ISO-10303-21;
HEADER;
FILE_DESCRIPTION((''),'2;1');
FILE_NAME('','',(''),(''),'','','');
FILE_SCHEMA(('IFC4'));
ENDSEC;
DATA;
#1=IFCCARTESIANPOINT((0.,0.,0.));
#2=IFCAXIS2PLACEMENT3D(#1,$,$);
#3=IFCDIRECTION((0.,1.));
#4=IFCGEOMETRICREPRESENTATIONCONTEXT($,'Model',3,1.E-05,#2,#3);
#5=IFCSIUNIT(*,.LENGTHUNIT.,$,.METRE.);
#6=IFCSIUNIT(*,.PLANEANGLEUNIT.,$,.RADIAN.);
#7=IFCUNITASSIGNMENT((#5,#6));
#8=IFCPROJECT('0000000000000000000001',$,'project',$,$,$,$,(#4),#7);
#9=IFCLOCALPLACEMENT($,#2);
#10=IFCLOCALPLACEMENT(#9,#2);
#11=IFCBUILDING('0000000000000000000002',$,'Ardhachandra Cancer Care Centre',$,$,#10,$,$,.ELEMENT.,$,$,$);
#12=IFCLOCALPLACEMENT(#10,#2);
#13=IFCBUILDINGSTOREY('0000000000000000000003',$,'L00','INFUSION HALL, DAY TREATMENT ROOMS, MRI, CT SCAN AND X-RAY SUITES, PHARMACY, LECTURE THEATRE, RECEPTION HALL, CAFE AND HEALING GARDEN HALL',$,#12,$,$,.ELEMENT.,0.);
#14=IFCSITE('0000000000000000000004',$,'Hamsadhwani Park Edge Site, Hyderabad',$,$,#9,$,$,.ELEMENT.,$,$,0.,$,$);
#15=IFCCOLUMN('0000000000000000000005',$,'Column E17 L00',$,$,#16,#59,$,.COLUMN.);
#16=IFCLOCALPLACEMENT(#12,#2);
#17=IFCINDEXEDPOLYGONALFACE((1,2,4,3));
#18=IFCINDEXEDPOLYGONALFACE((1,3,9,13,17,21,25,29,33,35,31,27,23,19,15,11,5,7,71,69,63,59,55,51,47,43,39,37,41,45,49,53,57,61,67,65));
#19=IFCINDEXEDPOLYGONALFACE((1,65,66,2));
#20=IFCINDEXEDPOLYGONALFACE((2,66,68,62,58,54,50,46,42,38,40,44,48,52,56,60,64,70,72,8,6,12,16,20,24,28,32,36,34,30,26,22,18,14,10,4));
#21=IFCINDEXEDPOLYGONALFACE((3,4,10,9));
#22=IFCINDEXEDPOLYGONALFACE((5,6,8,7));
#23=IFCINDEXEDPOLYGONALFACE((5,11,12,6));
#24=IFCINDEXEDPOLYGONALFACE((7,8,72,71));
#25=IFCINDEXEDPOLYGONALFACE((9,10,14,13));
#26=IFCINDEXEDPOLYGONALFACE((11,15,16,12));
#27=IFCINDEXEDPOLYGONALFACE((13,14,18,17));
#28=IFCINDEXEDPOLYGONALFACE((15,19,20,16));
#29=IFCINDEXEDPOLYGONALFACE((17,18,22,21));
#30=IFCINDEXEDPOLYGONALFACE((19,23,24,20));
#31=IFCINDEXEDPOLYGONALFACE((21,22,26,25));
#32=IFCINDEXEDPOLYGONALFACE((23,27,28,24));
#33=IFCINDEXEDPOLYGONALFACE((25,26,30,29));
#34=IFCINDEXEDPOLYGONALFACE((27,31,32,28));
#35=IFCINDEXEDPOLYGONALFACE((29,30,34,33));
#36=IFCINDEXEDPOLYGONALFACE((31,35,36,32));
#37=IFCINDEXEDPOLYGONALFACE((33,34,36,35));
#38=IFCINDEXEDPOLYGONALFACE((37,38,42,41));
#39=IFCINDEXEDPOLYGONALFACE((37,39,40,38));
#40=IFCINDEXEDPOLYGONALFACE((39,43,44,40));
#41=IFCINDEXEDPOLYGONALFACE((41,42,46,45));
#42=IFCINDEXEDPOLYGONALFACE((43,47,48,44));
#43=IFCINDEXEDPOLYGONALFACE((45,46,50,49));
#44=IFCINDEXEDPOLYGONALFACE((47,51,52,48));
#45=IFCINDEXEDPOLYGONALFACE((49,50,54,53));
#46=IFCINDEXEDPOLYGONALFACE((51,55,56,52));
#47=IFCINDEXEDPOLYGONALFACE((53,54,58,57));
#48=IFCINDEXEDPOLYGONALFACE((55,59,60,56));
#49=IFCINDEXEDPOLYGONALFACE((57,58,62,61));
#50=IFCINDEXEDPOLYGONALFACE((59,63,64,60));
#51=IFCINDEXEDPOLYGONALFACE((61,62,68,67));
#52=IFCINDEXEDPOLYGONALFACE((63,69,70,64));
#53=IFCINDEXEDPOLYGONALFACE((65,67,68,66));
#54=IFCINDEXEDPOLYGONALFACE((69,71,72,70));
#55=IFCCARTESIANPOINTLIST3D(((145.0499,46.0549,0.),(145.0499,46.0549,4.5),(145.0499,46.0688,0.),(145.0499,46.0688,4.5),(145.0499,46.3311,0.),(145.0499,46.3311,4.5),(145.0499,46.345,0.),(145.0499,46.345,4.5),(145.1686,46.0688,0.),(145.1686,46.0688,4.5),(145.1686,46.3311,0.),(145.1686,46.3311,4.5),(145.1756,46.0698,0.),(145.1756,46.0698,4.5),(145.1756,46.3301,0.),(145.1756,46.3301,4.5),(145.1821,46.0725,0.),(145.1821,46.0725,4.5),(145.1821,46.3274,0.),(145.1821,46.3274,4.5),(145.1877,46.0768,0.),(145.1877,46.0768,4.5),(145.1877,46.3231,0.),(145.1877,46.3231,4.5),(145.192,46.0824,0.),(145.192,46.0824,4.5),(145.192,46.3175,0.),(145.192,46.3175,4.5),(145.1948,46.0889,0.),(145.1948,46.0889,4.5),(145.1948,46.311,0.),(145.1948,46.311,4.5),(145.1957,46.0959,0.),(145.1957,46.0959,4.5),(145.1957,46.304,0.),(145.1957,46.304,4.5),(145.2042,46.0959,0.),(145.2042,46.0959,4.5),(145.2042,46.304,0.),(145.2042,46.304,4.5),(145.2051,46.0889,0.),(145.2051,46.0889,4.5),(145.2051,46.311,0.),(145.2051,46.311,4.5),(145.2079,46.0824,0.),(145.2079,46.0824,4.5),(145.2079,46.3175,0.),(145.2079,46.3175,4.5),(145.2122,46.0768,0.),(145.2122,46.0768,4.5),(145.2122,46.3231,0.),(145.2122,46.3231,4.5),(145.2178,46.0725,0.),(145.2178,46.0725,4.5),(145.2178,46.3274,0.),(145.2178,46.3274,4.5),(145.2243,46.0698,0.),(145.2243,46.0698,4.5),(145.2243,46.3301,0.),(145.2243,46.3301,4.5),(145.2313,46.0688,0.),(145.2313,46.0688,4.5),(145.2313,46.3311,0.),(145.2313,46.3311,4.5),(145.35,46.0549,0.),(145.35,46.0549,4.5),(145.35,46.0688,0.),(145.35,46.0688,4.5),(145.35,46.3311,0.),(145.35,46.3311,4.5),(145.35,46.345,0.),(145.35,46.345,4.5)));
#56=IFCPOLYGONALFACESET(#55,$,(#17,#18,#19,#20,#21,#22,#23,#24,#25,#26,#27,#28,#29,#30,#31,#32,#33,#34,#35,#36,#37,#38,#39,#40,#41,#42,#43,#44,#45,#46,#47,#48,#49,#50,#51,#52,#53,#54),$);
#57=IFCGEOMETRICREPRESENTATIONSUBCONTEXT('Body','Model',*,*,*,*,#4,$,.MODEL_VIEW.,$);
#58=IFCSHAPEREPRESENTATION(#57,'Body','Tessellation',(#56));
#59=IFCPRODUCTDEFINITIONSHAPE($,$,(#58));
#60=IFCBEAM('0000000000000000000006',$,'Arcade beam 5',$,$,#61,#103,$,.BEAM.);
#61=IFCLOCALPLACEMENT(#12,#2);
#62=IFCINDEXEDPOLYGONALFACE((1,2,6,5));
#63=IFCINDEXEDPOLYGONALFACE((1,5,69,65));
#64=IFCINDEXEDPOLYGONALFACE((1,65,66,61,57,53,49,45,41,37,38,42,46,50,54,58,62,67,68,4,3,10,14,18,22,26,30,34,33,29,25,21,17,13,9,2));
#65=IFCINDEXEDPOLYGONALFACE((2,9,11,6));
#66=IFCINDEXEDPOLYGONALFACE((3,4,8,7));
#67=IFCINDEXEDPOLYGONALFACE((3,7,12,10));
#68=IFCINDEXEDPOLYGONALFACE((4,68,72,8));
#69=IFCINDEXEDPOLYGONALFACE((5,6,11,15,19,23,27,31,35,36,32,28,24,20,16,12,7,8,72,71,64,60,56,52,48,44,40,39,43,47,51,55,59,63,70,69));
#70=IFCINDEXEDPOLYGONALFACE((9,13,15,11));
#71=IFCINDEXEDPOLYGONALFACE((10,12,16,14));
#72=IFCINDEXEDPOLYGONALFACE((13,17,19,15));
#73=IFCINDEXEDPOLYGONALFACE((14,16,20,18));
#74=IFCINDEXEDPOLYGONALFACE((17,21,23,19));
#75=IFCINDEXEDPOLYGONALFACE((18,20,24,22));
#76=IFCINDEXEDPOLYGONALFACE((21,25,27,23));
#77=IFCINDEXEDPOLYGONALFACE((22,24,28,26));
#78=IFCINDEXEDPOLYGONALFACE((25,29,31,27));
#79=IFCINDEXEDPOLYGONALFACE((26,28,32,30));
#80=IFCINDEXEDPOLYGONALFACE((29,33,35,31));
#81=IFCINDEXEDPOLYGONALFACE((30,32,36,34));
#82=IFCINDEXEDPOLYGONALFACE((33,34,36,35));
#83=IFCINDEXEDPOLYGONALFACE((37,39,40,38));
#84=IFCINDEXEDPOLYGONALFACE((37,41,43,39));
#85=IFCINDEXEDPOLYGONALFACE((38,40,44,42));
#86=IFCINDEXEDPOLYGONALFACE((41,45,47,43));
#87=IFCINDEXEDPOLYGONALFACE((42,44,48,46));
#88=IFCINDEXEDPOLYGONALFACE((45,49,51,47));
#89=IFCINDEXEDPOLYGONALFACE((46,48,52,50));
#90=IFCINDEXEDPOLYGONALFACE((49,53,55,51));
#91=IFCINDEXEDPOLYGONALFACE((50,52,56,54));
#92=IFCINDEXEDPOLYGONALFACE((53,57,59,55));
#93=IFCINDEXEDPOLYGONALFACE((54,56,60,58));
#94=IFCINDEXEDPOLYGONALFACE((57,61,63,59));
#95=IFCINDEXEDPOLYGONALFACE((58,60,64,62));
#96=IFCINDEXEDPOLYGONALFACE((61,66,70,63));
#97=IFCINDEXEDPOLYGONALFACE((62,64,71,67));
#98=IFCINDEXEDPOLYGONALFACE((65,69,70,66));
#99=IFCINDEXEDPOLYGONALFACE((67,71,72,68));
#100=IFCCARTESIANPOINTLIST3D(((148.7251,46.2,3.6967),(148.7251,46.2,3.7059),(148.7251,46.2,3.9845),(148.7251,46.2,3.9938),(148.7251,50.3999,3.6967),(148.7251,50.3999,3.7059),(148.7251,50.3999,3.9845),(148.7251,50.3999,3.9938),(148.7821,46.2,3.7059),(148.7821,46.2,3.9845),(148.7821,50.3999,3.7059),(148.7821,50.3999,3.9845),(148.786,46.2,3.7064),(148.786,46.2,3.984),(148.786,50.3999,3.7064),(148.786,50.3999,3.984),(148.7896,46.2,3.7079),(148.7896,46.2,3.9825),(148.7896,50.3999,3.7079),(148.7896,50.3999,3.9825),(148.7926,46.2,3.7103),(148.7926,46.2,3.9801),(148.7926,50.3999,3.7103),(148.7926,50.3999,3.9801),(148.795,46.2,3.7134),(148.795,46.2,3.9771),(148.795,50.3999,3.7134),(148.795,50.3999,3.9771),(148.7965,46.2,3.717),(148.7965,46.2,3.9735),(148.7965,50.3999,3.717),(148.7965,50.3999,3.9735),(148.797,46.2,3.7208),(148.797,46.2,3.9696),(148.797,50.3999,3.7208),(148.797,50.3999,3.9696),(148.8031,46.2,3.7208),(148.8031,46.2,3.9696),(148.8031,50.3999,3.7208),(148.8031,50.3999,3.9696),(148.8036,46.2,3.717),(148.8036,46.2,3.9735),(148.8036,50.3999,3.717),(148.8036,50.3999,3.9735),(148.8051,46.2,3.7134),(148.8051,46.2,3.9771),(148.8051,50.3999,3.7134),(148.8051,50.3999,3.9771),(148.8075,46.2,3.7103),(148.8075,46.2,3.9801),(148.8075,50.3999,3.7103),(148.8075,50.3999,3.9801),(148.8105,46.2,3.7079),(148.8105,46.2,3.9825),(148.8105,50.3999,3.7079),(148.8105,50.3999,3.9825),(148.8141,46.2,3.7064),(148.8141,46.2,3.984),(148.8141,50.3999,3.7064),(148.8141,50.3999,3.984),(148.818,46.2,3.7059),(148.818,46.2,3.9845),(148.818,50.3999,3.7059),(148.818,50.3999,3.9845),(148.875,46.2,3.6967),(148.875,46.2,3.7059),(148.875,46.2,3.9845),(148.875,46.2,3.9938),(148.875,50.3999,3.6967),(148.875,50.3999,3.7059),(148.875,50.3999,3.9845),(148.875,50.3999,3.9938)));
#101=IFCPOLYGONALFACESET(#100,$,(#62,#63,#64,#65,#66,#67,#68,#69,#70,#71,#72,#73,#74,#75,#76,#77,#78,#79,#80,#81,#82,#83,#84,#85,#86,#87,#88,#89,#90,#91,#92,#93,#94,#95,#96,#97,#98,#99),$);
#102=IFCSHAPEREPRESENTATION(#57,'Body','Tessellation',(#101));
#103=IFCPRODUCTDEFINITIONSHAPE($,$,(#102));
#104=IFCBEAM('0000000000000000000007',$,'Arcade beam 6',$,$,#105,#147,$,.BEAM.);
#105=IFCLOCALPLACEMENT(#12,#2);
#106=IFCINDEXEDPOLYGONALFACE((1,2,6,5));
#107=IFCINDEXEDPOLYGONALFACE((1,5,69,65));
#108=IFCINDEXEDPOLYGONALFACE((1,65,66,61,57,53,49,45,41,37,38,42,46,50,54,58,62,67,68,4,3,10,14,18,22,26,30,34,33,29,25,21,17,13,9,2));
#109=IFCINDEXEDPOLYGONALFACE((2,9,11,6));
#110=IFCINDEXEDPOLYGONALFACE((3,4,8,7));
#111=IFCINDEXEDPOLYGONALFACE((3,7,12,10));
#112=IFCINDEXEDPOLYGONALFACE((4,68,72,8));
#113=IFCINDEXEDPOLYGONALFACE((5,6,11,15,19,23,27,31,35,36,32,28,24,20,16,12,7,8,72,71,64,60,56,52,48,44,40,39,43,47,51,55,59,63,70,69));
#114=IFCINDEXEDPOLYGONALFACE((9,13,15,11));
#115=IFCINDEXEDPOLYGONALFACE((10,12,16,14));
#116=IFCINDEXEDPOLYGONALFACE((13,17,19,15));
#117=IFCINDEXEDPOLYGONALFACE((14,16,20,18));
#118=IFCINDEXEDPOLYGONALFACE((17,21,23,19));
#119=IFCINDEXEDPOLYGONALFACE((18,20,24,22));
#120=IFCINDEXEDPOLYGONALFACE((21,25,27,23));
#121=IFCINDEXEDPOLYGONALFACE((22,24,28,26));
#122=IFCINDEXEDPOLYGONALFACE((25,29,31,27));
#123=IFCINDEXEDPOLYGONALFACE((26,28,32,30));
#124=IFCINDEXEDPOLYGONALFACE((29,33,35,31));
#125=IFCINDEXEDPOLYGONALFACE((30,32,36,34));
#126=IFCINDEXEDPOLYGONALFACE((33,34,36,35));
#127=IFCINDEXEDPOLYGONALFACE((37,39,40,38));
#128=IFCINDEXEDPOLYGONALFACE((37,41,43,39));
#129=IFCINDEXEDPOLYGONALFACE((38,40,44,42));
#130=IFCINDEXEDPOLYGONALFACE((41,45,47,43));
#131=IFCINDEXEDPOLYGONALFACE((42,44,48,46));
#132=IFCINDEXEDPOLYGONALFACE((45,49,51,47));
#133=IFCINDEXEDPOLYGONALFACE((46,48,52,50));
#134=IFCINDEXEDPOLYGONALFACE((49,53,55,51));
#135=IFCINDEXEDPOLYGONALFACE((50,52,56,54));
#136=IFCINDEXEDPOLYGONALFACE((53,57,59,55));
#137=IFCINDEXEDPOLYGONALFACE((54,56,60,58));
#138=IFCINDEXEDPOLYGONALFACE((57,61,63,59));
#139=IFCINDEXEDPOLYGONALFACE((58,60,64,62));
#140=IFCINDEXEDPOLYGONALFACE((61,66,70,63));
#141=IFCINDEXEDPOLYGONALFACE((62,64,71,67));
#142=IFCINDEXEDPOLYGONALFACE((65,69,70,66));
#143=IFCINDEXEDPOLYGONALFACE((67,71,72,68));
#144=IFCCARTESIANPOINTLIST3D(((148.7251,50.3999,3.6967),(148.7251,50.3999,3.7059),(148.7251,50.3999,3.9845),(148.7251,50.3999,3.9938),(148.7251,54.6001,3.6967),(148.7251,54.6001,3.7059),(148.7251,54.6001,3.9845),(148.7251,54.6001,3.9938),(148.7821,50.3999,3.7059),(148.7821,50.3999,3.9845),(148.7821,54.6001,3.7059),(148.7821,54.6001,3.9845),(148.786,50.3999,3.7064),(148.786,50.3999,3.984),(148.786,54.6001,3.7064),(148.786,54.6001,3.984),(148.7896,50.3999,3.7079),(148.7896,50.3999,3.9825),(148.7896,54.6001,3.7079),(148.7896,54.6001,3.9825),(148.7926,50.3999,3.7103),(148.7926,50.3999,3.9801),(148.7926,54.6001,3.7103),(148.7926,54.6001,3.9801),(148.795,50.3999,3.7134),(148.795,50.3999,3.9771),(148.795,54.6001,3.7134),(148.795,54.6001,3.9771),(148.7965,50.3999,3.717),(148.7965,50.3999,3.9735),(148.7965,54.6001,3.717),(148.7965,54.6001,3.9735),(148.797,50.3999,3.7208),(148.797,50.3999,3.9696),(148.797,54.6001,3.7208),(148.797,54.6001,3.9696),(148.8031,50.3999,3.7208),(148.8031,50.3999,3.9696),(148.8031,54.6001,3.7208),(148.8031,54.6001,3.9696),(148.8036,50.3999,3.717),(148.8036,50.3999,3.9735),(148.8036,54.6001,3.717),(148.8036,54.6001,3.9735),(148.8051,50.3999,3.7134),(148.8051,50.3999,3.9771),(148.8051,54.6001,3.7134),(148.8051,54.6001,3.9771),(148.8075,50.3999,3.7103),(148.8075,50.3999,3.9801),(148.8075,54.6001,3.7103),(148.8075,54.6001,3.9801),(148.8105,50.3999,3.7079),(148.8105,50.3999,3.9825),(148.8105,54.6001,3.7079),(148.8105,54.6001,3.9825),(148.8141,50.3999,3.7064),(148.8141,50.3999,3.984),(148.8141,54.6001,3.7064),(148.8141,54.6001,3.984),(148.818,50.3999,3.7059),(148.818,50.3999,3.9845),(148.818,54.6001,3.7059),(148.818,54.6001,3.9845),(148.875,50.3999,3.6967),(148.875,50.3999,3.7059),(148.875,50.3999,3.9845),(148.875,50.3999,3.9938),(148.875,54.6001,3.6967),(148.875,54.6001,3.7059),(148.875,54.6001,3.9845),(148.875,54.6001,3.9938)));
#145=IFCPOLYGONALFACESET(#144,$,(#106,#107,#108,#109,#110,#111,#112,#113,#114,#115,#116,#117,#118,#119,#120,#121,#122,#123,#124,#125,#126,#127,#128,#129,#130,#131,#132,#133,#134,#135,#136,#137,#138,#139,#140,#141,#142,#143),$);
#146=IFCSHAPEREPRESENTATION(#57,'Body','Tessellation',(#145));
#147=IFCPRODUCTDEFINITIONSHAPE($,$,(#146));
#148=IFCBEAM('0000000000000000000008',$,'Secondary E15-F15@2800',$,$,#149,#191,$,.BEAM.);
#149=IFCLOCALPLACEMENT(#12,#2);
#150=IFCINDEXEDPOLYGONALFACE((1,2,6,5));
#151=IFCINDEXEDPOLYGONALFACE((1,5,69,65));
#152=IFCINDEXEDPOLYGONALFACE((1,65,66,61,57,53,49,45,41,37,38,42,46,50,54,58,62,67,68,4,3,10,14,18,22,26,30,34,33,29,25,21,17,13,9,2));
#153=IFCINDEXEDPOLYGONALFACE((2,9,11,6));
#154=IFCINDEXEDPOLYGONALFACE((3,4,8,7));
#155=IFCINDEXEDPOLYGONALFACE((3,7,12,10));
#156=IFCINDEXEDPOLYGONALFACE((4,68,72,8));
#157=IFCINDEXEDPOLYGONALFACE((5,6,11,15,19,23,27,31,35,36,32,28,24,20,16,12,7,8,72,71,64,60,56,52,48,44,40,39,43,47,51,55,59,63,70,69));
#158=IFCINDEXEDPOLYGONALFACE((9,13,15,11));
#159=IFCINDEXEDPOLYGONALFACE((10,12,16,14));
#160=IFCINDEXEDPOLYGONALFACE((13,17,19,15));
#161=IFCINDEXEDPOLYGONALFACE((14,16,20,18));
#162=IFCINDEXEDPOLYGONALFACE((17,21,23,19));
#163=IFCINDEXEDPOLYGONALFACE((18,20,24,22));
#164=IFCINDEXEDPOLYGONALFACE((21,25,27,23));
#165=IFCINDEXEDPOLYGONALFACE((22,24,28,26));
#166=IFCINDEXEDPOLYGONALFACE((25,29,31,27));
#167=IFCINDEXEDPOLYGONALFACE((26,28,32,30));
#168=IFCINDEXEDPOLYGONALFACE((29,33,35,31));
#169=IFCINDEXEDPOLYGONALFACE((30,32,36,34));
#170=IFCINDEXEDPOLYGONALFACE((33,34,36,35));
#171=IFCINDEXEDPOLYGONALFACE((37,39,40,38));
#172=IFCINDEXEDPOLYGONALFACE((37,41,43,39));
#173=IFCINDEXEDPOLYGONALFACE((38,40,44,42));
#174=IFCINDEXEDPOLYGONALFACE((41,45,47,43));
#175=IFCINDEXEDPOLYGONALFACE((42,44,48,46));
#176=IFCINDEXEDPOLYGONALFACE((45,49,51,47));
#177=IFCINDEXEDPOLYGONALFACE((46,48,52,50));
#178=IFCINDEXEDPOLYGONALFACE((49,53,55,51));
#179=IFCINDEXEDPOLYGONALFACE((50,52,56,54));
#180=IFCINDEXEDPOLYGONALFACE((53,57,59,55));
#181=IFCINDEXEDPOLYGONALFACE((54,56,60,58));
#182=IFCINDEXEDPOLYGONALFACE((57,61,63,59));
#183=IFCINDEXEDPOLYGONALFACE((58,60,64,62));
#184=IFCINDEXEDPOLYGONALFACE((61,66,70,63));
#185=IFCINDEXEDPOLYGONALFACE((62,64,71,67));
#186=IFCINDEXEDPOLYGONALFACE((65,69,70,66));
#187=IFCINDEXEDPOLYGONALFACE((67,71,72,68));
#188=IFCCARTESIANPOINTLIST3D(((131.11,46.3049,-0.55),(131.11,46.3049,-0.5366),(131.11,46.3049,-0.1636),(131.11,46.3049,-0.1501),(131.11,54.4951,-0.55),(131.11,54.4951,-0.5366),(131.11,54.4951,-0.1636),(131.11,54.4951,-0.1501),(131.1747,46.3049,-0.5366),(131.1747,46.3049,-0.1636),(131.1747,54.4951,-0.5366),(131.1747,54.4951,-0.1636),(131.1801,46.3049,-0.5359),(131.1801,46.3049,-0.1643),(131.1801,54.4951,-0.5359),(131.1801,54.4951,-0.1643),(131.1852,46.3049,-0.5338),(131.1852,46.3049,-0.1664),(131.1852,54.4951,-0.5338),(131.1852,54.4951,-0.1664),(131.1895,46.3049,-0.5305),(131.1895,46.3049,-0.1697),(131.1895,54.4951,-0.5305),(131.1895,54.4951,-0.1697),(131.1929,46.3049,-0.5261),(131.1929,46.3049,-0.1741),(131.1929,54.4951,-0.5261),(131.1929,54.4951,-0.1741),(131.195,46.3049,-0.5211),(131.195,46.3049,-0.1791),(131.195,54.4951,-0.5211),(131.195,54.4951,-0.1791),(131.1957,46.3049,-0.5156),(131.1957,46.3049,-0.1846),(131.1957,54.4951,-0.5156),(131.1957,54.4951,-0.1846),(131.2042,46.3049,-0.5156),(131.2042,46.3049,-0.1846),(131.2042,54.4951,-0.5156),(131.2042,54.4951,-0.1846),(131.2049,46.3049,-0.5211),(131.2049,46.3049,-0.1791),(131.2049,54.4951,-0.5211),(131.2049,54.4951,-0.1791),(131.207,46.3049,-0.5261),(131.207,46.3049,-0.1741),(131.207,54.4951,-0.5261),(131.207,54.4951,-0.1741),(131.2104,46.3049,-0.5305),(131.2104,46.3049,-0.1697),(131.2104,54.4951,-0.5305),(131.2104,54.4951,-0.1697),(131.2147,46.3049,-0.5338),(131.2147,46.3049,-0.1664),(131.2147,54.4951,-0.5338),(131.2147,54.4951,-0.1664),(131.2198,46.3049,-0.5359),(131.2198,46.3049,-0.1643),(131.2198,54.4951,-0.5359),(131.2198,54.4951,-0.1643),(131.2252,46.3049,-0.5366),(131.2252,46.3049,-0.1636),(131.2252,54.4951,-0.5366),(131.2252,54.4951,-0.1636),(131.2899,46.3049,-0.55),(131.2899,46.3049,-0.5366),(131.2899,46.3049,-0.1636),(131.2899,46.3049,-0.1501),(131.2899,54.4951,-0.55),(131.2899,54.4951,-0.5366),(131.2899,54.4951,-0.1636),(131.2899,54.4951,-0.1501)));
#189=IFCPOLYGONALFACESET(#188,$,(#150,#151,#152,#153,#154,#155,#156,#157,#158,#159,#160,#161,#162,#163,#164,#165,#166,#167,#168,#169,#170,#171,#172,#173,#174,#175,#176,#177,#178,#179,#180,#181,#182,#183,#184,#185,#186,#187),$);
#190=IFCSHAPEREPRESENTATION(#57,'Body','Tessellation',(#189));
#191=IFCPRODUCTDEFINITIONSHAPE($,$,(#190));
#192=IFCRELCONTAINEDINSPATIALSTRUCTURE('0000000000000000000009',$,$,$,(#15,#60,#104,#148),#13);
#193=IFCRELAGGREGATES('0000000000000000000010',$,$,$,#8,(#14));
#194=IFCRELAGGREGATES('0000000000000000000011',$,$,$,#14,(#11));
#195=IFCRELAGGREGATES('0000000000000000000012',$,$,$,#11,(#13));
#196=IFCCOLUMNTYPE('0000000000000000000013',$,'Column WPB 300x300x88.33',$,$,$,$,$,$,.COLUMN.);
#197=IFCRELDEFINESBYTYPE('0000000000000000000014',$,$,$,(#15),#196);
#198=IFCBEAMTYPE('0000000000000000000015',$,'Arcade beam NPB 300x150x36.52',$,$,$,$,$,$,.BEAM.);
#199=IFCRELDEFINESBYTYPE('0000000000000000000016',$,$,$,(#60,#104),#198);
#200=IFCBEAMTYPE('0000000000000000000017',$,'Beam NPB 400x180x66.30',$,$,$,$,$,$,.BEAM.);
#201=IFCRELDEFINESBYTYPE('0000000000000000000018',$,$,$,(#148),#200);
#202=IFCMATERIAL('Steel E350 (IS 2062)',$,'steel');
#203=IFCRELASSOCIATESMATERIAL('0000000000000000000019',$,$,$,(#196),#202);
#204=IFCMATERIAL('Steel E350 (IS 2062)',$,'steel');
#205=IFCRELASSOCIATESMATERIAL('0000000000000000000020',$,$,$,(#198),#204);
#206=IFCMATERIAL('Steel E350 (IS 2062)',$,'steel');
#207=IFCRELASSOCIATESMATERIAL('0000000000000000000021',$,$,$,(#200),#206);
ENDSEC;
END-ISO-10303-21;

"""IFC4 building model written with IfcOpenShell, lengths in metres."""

from ifc_helpers import new_model, si_unit, direction, frame, origin, origin_2d, place, context, subcontext, project, spatial, i_section, extrude, material, material_profile, profile_set, type_object, element, save


model = new_model("IFC4")

# Units and contexts
model_context = context("Model", 3, precision=1e-05, world=origin(), true_north=direction((0.0, 1.0)))
body_context = subcontext(model_context, "Body", "Model", "MODEL_VIEW")
ifc_project = project(units=[si_unit("LENGTHUNIT", "METRE"), si_unit("PLANEANGLEUNIT", "RADIAN")], contexts=[model_context])

# Site, building, storey
site_placement = place(None, origin())
site = spatial("IfcSite", under=ifc_project, at=site_placement, Name="Hamsadhwani Park Edge Site, Hyderabad", CompositionType="ELEMENT", RefElevation=0.0)
building_placement = place(site_placement, origin())
building = spatial("IfcBuilding", under=site, at=building_placement, Name="Ardhachandra Cancer Care Centre", CompositionType="ELEMENT")
storey_placement = place(building_placement, origin())
storey = spatial("IfcBuildingStorey", under=building, at=storey_placement, Name="L00", Description="INFUSION HALL, DAY TREATMENT ROOMS, MRI, CT SCAN AND X-RAY SUITES, PHARMACY, LECTURE THEATRE, RECEPTION HALL, CAFE AND HEALING GARDEN HALL", CompositionType="ELEMENT", Elevation=0.0)

# Column
ifc_material_1 = material(Name="Steel E350 (IS 2062)", Category="steel")
ifc_material_profile_1 = material_profile(ifc_material_1, i_section(OverallWidth=0.3, OverallDepth=0.29, WebThickness=0.0085, FlangeThickness=0.0139, FilletRadius=0.0271, at=origin_2d()), Name="WPB 300x300x88.33")
ifc_profile_set_1 = profile_set([ifc_material_profile_1], Name="Steel E350 (IS 2062)")
column_type_1 = type_object("IfcColumnType", Name="Column WPB 300x300x88.33", PredefinedType="COLUMN", material=ifc_profile_set_1)
column_1_placement = place(storey_placement, frame((145.2, 46.2, 0.0), z_axis=(0.0, 0.0, 1.0), x_axis=(1.0, 0.0, 0.0)))
element("IfcColumn", 1, at=column_1_placement, inside=storey, type_object=column_type_1, Name="Column E17 L00", PredefinedType="COLUMN", context=body_context, shape_type="SweptSolid", body=[
    extrude(i_section(OverallWidth=0.3, OverallDepth=0.29, WebThickness=0.0085, FlangeThickness=0.0139, FilletRadius=0.0271, at=origin_2d()), origin(), (0.0, 0.0, 1.0), 4.5),
])

# Beams
ifc_material_2 = material(Name="Steel E350 (IS 2062)", Category="steel")
ifc_material_profile_2 = material_profile(ifc_material_2, i_section(OverallWidth=0.1499, OverallDepth=0.2971, WebThickness=0.0061, FlangeThickness=0.0093, FilletRadius=0.0149, at=origin_2d()), Name="NPB 300x150x36.52")
ifc_profile_set_2 = profile_set([ifc_material_profile_2], Name="Steel E350 (IS 2062)")
beam_type_1 = type_object("IfcBeamType", Name="Arcade beam NPB 300x150x36.52", PredefinedType="BEAM", material=ifc_profile_set_2)
beam_1_placement = place(storey_placement, frame((148.8, 46.2, 3.8452), z_axis=(0.0, 1.0, 0.0), x_axis=(-1.0, 0.0, 0.0)))
element("IfcBeam", 2, at=beam_1_placement, inside=storey, type_object=beam_type_1, Name="Arcade beam 5", PredefinedType="BEAM", context=body_context, shape_type="SweptSolid", body=[
    extrude(i_section(OverallWidth=0.1499, OverallDepth=0.2971, WebThickness=0.0061, FlangeThickness=0.0093, FilletRadius=0.0149, at=origin_2d()), origin(), (0.0, 0.0, 1.0), 4.2),
])
beam_2_placement = place(storey_placement, frame((148.8, 50.3999, 3.8452), z_axis=(0.0, 1.0, 0.0), x_axis=(-1.0, 0.0, 0.0)))
element("IfcBeam", 3, at=beam_2_placement, inside=storey, type_object=beam_type_1, Name="Arcade beam 6", PredefinedType="BEAM", context=body_context, shape_type="SweptSolid", body=[
    extrude(i_section(OverallWidth=0.1499, OverallDepth=0.2971, WebThickness=0.0061, FlangeThickness=0.0093, FilletRadius=0.0149, at=origin_2d()), origin(), (0.0, 0.0, 1.0), 4.2002),
])
ifc_material_3 = material(Name="Steel E350 (IS 2062)", Category="steel")
ifc_material_profile_3 = material_profile(ifc_material_3, i_section(OverallWidth=0.1799, OverallDepth=0.3999, WebThickness=0.0085, FlangeThickness=0.0134, FilletRadius=0.021, at=origin_2d()), Name="NPB 400x180x66.30")
ifc_profile_set_3 = profile_set([ifc_material_profile_3], Name="Steel E350 (IS 2062)")
beam_type_2 = type_object("IfcBeamType", Name="Beam NPB 400x180x66.30", PredefinedType="BEAM", material=ifc_profile_set_3)
for number, where, z_axis, x_axis, name in (
    (4, (131.2, 46.3049, -0.3501), (0.0, 1.0, 0.0), (-1.0, 0.0, 0.0), "Secondary E15-F15@2800"),
):
    element("IfcBeam", number, at=place(storey_placement, frame(where, z_axis=z_axis, x_axis=x_axis)), inside=storey, type_object=beam_type_2, Name=name, PredefinedType="BEAM", context=body_context, shape_type="SweptSolid", body=[
        extrude(i_section(OverallWidth=0.1799, OverallDepth=0.3999, WebThickness=0.0085, FlangeThickness=0.0134, FilletRadius=0.021, at=origin_2d()), origin(), (0.0, 0.0, 1.0), 8.1902),
    ])

save(model, "model.ifc")
